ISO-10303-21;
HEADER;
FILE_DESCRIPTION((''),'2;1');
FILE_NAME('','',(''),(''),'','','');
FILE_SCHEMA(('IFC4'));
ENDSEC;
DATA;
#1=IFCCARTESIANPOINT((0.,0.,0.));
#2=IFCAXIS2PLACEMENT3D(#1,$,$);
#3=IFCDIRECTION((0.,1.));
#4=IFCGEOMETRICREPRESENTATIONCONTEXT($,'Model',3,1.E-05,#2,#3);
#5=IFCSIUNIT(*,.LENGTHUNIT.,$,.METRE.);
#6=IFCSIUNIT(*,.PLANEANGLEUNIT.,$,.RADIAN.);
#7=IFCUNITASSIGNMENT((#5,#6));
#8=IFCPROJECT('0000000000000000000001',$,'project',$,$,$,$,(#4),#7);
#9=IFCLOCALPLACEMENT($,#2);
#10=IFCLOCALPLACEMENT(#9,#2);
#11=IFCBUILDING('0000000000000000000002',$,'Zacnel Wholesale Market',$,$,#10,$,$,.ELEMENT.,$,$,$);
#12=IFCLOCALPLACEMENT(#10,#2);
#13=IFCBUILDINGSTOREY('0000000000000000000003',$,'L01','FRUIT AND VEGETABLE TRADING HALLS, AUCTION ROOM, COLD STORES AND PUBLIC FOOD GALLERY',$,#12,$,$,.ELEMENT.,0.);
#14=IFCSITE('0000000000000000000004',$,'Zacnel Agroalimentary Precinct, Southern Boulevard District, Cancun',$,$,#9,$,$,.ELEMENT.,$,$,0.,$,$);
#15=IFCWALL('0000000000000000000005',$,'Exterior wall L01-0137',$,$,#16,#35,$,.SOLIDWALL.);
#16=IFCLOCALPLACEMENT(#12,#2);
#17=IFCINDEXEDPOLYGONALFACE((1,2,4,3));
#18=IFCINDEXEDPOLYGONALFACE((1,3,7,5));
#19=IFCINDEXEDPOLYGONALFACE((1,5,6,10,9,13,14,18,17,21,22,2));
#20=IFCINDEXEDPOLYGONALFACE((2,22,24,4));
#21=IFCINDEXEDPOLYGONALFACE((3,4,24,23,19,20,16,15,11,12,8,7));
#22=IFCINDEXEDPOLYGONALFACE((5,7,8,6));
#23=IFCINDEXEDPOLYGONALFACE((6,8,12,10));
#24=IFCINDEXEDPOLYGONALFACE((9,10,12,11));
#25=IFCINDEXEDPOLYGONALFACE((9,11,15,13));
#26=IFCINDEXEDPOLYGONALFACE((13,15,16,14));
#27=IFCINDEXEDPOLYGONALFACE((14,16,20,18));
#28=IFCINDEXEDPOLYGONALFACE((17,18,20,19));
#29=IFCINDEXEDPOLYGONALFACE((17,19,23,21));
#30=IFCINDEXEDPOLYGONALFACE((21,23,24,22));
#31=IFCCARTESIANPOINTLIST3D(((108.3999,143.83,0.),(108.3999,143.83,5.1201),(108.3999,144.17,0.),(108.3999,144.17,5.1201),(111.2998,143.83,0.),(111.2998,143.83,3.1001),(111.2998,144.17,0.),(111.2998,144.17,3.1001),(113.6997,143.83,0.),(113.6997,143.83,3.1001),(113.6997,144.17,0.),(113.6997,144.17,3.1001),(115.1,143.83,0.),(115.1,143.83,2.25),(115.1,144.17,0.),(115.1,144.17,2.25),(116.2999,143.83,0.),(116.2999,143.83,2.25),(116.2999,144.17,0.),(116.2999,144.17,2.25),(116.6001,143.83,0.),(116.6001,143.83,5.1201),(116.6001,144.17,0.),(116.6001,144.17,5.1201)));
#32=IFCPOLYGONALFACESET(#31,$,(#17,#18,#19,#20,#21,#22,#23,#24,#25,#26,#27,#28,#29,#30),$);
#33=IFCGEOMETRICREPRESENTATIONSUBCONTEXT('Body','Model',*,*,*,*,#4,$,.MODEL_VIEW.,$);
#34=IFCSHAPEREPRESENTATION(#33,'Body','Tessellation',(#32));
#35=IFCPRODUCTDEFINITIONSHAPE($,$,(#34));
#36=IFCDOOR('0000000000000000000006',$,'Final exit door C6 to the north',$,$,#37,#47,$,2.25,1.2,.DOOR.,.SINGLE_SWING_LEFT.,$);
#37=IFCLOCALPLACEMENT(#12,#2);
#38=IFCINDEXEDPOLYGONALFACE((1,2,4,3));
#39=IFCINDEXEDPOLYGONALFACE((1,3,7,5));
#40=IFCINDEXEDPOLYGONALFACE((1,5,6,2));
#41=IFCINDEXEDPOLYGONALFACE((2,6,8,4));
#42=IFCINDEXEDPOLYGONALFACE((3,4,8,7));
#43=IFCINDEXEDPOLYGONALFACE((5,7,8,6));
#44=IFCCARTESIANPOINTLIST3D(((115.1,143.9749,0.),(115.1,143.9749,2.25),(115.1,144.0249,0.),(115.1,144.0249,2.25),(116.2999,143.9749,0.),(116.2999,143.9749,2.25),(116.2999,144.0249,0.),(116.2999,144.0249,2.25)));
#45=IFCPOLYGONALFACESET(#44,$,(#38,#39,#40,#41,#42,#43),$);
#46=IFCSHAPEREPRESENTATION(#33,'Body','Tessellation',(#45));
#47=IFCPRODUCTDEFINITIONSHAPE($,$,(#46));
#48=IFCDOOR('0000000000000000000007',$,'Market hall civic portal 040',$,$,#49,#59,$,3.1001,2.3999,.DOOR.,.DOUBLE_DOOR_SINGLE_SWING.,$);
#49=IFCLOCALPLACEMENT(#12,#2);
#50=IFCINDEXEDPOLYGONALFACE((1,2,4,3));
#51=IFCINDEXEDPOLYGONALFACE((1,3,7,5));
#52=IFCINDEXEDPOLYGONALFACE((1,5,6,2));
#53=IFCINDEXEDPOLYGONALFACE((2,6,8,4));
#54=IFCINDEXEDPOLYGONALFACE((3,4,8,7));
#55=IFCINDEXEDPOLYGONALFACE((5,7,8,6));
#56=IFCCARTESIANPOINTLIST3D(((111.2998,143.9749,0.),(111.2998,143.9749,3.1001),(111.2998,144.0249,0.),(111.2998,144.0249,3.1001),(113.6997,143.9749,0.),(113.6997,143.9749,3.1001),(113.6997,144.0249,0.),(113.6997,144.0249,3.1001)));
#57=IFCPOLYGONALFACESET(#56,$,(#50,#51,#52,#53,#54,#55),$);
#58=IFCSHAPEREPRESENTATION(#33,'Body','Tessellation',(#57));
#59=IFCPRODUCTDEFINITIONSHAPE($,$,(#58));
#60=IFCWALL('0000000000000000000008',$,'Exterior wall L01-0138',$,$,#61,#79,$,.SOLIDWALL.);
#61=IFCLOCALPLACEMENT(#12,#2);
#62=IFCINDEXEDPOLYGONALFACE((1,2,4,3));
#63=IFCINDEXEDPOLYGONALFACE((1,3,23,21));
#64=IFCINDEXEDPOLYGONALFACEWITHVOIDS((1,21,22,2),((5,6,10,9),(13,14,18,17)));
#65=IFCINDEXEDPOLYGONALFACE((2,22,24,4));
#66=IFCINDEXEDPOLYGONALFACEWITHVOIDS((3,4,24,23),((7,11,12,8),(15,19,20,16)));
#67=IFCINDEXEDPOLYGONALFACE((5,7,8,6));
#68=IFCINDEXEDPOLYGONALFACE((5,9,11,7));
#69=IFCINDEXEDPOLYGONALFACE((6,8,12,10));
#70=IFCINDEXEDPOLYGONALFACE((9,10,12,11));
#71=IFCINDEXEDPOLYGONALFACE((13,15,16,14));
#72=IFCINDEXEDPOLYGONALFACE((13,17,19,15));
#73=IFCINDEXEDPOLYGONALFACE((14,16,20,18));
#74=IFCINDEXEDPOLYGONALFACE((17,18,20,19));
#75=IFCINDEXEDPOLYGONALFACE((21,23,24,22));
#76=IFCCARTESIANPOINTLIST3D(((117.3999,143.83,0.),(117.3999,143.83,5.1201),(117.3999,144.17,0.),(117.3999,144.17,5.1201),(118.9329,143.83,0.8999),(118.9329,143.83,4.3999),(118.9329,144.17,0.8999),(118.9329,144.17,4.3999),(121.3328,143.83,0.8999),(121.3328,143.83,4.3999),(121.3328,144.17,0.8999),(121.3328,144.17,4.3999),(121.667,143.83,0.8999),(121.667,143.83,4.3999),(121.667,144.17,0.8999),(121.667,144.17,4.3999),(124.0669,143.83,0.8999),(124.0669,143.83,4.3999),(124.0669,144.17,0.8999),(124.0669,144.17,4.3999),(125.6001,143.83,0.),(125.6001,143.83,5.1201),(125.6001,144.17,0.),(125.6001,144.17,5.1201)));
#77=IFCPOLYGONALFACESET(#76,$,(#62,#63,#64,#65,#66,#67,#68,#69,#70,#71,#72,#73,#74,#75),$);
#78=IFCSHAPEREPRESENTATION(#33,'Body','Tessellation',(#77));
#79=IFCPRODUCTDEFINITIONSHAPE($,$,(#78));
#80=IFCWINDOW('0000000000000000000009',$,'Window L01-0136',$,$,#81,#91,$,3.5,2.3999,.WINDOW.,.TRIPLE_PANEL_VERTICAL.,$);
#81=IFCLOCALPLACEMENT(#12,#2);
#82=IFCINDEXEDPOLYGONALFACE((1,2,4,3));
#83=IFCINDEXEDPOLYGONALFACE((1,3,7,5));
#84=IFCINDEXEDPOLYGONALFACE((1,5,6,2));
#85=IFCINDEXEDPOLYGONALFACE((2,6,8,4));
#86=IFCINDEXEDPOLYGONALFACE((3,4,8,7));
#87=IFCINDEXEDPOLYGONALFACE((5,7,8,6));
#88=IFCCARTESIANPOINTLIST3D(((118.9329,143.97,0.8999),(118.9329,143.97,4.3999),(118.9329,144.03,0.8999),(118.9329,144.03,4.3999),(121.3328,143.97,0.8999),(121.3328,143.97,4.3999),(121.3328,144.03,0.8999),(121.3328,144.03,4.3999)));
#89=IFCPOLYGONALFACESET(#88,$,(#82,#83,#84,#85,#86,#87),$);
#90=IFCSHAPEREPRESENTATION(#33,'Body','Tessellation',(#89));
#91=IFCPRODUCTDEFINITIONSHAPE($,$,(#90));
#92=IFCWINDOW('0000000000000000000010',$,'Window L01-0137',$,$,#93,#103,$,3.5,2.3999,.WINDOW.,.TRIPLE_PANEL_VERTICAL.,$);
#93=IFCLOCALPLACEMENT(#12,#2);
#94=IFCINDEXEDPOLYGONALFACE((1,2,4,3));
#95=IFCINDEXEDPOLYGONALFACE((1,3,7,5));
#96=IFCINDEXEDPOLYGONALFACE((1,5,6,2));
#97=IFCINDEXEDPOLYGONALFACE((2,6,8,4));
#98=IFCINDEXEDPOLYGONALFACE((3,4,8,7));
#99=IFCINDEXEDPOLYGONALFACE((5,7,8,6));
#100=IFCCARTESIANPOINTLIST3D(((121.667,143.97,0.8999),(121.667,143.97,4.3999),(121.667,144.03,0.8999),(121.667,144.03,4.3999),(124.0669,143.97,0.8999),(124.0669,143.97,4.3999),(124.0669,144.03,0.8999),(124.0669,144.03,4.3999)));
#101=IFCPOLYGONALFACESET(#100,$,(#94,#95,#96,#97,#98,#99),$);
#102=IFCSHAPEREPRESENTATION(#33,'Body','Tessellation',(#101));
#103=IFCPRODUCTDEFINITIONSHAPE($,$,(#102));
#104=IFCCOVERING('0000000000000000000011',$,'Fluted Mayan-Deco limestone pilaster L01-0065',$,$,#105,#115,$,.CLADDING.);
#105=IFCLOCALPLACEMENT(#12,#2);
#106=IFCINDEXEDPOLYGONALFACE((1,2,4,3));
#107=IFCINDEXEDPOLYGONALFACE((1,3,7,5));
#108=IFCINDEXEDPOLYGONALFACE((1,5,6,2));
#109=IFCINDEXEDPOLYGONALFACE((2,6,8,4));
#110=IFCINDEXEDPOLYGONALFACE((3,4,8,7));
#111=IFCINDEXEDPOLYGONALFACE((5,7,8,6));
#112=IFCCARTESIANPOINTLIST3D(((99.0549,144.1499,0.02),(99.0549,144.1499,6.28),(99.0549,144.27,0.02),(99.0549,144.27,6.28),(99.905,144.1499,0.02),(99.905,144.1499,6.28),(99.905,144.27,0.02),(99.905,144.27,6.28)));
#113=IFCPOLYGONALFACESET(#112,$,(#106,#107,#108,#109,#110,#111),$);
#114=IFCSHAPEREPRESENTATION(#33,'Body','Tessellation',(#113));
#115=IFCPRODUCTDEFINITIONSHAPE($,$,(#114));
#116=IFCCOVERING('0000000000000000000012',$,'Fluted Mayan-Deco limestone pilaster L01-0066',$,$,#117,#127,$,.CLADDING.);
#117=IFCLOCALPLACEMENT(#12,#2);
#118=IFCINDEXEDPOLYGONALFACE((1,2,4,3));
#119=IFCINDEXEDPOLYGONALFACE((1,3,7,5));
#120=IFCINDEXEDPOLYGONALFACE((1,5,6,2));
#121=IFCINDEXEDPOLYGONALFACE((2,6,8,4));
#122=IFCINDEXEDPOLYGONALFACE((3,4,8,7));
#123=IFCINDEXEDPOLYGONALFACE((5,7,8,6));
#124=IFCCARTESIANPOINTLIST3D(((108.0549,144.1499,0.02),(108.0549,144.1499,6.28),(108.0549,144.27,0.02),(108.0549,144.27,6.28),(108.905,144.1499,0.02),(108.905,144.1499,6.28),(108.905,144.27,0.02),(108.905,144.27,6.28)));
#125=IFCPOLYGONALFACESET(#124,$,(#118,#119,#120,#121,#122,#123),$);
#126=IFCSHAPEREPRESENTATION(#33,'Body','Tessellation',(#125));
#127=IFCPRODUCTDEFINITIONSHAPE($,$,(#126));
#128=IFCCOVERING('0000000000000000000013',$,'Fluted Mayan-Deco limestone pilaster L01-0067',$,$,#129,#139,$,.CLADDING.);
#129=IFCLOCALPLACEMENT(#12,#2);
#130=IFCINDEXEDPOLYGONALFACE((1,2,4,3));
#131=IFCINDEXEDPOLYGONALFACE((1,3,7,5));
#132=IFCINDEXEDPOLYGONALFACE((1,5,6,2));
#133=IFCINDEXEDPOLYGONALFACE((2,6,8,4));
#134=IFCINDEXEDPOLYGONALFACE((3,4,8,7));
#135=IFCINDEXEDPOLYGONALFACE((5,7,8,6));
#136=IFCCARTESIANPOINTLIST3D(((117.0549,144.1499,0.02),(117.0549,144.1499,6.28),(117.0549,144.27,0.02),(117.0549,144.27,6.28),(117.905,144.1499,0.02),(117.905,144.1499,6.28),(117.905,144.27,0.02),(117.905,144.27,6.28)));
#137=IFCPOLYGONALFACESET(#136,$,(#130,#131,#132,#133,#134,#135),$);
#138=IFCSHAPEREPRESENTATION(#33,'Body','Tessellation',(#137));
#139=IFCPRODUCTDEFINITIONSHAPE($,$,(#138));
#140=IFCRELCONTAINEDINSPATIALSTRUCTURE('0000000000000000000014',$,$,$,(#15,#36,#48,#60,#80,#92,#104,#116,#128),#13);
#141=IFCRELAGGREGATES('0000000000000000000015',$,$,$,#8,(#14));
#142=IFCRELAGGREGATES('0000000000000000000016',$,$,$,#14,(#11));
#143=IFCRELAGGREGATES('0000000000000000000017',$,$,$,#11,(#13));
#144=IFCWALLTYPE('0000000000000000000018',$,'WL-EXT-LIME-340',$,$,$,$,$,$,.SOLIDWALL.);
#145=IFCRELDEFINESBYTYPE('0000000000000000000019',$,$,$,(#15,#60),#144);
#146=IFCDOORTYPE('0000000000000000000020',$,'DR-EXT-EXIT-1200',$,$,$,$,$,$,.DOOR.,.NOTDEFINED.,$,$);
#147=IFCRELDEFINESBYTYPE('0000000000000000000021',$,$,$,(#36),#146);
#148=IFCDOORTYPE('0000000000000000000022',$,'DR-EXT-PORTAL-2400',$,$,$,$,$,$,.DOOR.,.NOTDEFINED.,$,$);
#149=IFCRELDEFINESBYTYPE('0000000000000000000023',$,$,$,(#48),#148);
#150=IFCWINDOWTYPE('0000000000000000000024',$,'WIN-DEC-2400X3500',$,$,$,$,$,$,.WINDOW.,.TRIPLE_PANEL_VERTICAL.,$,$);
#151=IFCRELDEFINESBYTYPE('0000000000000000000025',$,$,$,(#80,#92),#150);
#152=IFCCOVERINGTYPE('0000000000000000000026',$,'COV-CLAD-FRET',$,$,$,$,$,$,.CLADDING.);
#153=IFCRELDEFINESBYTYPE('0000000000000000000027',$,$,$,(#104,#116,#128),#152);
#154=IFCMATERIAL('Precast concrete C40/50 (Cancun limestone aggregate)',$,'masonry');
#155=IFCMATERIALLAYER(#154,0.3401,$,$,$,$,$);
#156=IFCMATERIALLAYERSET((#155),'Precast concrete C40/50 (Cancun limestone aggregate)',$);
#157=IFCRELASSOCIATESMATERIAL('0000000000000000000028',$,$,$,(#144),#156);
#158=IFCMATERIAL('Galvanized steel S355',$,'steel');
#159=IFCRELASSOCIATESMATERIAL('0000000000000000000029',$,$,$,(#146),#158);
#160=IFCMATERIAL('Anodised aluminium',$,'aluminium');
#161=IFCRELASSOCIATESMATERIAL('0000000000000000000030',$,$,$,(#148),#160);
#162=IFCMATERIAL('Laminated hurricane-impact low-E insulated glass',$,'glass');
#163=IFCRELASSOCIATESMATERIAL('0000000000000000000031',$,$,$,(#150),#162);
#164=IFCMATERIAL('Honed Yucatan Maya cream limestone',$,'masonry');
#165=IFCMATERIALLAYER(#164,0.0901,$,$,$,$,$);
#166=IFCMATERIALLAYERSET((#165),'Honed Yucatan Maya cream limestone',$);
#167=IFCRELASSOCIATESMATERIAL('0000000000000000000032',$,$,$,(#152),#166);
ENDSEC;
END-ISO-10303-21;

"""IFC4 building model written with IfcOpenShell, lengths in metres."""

from ifc_helpers import new_model, si_unit, direction, frame, frame_2d, origin, origin_2d, place, context, subcontext, project, spatial, rectangle, extrude, material, layer, layer_set, type_object, element, fill, save


model = new_model("IFC4")

# Units and contexts
model_context = context("Model", 3, precision=1e-05, world=origin(), true_north=direction((0.0, 1.0)))
body_context = subcontext(model_context, "Body", "Model", "MODEL_VIEW")
ifc_project = project(units=[si_unit("LENGTHUNIT", "METRE"), si_unit("PLANEANGLEUNIT", "RADIAN")], contexts=[model_context])

# Site, building, storey
site_placement = place(None, origin())
site = spatial("IfcSite", under=ifc_project, at=site_placement, Name="Zacnel Agroalimentary Precinct, Southern Boulevard District, Cancun", CompositionType="ELEMENT", RefElevation=0.0)
building_placement = place(site_placement, origin())
building = spatial("IfcBuilding", under=site, at=building_placement, Name="Zacnel Wholesale Market", CompositionType="ELEMENT")
storey_placement = place(building_placement, origin())
storey = spatial("IfcBuildingStorey", under=building, at=storey_placement, Name="L01", Description="FRUIT AND VEGETABLE TRADING HALLS, AUCTION ROOM, COLD STORES AND PUBLIC FOOD GALLERY", CompositionType="ELEMENT", Elevation=0.0)

# Wall, openings, doors
ifc_material_1 = material(Name="Precast concrete C40/50 (Cancun limestone aggregate)", Category="masonry")
ifc_layer_1 = layer(ifc_material_1, 0.3401)
ifc_layer_set_1 = layer_set([ifc_layer_1], Name="Precast concrete C40/50 (Cancun limestone aggregate)")
wall_type_1 = type_object("IfcWallType", Name="WL-EXT-LIME-340", PredefinedType="SOLIDWALL", material=ifc_layer_set_1)
wall_1_placement = place(storey_placement, frame((108.3999, 144.0, 0.0), z_axis=(0.0, 0.0, 1.0), x_axis=(1.0, 0.0, 0.0)))
wall_1 = element("IfcWall", 1, at=wall_1_placement, inside=storey, type_object=wall_type_1, Name="Exterior wall L01-0137", PredefinedType="SOLIDWALL", context=body_context, shape_type="SweptSolid", body=[
    extrude(rectangle(XDim=8.2002, YDim=0.3401, at=frame_2d((4.1001, 0.0))), origin(), (0.0, 0.0, 1.0), 5.1201),
])
opening_1_placement = place(wall_1_placement, frame((2.8999, 0.0, 0.0)))
opening_1 = element("IfcOpeningElement", 2, at=opening_1_placement, cuts=wall_1, PredefinedType="OPENING", context=body_context, shape_type="SweptSolid", body=[
    extrude(rectangle(XDim=2.3999, YDim=3.1001, at=frame_2d((1.2, 1.55))), frame((0.0, 0.1799, 0.0), z_axis=(0.0, -1.0, 0.0), x_axis=(1.0, 0.0, 0.0)), (0.0, 0.0, 1.0), 0.3601),
])
opening_2_placement = place(wall_1_placement, frame((6.7, 0.0, 0.0)))
opening_2 = element("IfcOpeningElement", 3, at=opening_2_placement, cuts=wall_1, PredefinedType="OPENING", context=body_context, shape_type="SweptSolid", body=[
    extrude(rectangle(XDim=1.2, YDim=2.25, at=frame_2d((0.6001, 1.125))), frame((0.0, 0.1799, 0.0), z_axis=(0.0, -1.0, 0.0), x_axis=(1.0, 0.0, 0.0)), (0.0, 0.0, 1.0), 0.3601),
])
ifc_material_2 = material(Name="Galvanized steel S355", Category="steel")
door_type_1 = type_object("IfcDoorType", Name="DR-EXT-EXIT-1200", OperationType="NOTDEFINED", PredefinedType="DOOR", material=ifc_material_2)
door_1_placement = place(opening_2_placement, origin())
door_1 = element("IfcDoor", 4, at=door_1_placement, inside=storey, type_object=door_type_1, Name="Final exit door C6 to the north", OperationType="SINGLE_SWING_LEFT", OverallHeight=2.25, OverallWidth=1.2, PredefinedType="DOOR", context=body_context, shape_type="SweptSolid", body=[
    extrude(rectangle(XDim=1.2, YDim=2.25, at=frame_2d((0.6001, 1.125))), frame((0.0, 0.0249, 0.0), z_axis=(0.0, -1.0, 0.0), x_axis=(1.0, 0.0, 0.0)), (0.0, 0.0, 1.0), 0.05),
])
fill(opening_2, door_1)
ifc_material_3 = material(Name="Anodised aluminium", Category="aluminium")
door_type_2 = type_object("IfcDoorType", Name="DR-EXT-PORTAL-2400", OperationType="NOTDEFINED", PredefinedType="DOOR", material=ifc_material_3)
door_2_placement = place(opening_1_placement, origin())
door_2 = element("IfcDoor", 5, at=door_2_placement, inside=storey, type_object=door_type_2, Name="Market hall civic portal 040", OperationType="DOUBLE_DOOR_SINGLE_SWING", OverallHeight=3.1001, OverallWidth=2.3999, PredefinedType="DOOR", context=body_context, shape_type="SweptSolid", body=[
    extrude(rectangle(XDim=2.3999, YDim=3.1001, at=frame_2d((1.2, 1.55))), frame((0.0, 0.0249, 0.0), z_axis=(0.0, -1.0, 0.0), x_axis=(1.0, 0.0, 0.0)), (0.0, 0.0, 1.0), 0.05),
])
fill(opening_1, door_2)

# Wall, openings, windows
wall_2_placement = place(storey_placement, frame((117.3999, 144.0, 0.0), z_axis=(0.0, 0.0, 1.0), x_axis=(1.0, 0.0, 0.0)))
wall_2 = element("IfcWall", 6, at=wall_2_placement, inside=storey, type_object=wall_type_1, Name="Exterior wall L01-0138", PredefinedType="SOLIDWALL", context=body_context, shape_type="SweptSolid", body=[
    extrude(rectangle(XDim=8.2002, YDim=0.3401, at=frame_2d((4.1001, 0.0))), origin(), (0.0, 0.0, 1.0), 5.1201),
])
opening_3_placement = place(wall_2_placement, frame((1.533, 0.0, 0.8999)))
opening_3 = element("IfcOpeningElement", 7, at=opening_3_placement, cuts=wall_2, PredefinedType="OPENING", context=body_context, shape_type="SweptSolid", body=[
    extrude(rectangle(XDim=2.3999, YDim=3.5, at=frame_2d((1.2, 1.75))), frame((0.0, 0.1799, 0.0), z_axis=(0.0, -1.0, 0.0), x_axis=(1.0, 0.0, 0.0)), (0.0, 0.0, 1.0), 0.3601),
])
opening_4_placement = place(wall_2_placement, frame((4.2671, 0.0, 0.8999)))
opening_4 = element("IfcOpeningElement", 8, at=opening_4_placement, cuts=wall_2, PredefinedType="OPENING", context=body_context, shape_type="SweptSolid", body=[
    extrude(rectangle(XDim=2.3999, YDim=3.5, at=frame_2d((1.2, 1.75))), frame((0.0, 0.1799, 0.0), z_axis=(0.0, -1.0, 0.0), x_axis=(1.0, 0.0, 0.0)), (0.0, 0.0, 1.0), 0.3601),
])
ifc_material_4 = material(Name="Laminated hurricane-impact low-E insulated glass", Category="glass")
window_type = type_object("IfcWindowType", Name="WIN-DEC-2400X3500", PartitioningType="TRIPLE_PANEL_VERTICAL", PredefinedType="WINDOW", material=ifc_material_4)
window_1_placement = place(opening_3_placement, origin())
window_1 = element("IfcWindow", 9, at=window_1_placement, inside=storey, type_object=window_type, Name="Window L01-0136", OverallHeight=3.5, OverallWidth=2.3999, PartitioningType="TRIPLE_PANEL_VERTICAL", PredefinedType="WINDOW", context=body_context, shape_type="SweptSolid", body=[
    extrude(rectangle(XDim=2.3999, YDim=3.5, at=frame_2d((1.2, 1.75))), frame((0.0, 0.03, 0.0), z_axis=(0.0, -1.0, 0.0), x_axis=(1.0, 0.0, 0.0)), (0.0, 0.0, 1.0), 0.0601),
])
fill(opening_3, window_1)
window_2_placement = place(opening_4_placement, origin())
window_2 = element("IfcWindow", 10, at=window_2_placement, inside=storey, type_object=window_type, Name="Window L01-0137", OverallHeight=3.5, OverallWidth=2.3999, PartitioningType="TRIPLE_PANEL_VERTICAL", PredefinedType="WINDOW", context=body_context, shape_type="SweptSolid", body=[
    extrude(rectangle(XDim=2.3999, YDim=3.5, at=frame_2d((1.2, 1.75))), frame((0.0, 0.03, 0.0), z_axis=(0.0, -1.0, 0.0), x_axis=(1.0, 0.0, 0.0)), (0.0, 0.0, 1.0), 0.0601),
])
fill(opening_4, window_2)

# Coverings
ifc_material_5 = material(Name="Honed Yucatan Maya cream limestone", Category="masonry")
ifc_layer_2 = layer(ifc_material_5, 0.0901)
ifc_layer_set_2 = layer_set([ifc_layer_2], Name="Honed Yucatan Maya cream limestone")
covering_type = type_object("IfcCoveringType", Name="COV-CLAD-FRET", PredefinedType="CLADDING", material=ifc_layer_set_2)
for number, where, z_axis, x_axis, name in (
    (11, (99.48, 144.21, 0.02), (0.0, 0.0, 1.0), (1.0, 0.0, 0.0), "Fluted Mayan-Deco limestone pilaster L01-0065"),
    (12, (108.48, 144.21, 0.02), (0.0, 0.0, 1.0), (1.0, 0.0, 0.0), "Fluted Mayan-Deco limestone pilaster L01-0066"),
    (13, (117.48, 144.21, 0.02), (0.0, 0.0, 1.0), (1.0, 0.0, 0.0), "Fluted Mayan-Deco limestone pilaster L01-0067"),
):
    element("IfcCovering", number, at=place(storey_placement, frame(where, z_axis=z_axis, x_axis=x_axis)), inside=storey, type_object=covering_type, Name=name, PredefinedType="CLADDING", context=body_context, shape_type="SweptSolid", body=[
        extrude(rectangle(XDim=0.8501, YDim=0.1201, at=origin_2d()), origin(), (0.0, 0.0, 1.0), 6.26),
    ])

save(model, "model.ifc")
